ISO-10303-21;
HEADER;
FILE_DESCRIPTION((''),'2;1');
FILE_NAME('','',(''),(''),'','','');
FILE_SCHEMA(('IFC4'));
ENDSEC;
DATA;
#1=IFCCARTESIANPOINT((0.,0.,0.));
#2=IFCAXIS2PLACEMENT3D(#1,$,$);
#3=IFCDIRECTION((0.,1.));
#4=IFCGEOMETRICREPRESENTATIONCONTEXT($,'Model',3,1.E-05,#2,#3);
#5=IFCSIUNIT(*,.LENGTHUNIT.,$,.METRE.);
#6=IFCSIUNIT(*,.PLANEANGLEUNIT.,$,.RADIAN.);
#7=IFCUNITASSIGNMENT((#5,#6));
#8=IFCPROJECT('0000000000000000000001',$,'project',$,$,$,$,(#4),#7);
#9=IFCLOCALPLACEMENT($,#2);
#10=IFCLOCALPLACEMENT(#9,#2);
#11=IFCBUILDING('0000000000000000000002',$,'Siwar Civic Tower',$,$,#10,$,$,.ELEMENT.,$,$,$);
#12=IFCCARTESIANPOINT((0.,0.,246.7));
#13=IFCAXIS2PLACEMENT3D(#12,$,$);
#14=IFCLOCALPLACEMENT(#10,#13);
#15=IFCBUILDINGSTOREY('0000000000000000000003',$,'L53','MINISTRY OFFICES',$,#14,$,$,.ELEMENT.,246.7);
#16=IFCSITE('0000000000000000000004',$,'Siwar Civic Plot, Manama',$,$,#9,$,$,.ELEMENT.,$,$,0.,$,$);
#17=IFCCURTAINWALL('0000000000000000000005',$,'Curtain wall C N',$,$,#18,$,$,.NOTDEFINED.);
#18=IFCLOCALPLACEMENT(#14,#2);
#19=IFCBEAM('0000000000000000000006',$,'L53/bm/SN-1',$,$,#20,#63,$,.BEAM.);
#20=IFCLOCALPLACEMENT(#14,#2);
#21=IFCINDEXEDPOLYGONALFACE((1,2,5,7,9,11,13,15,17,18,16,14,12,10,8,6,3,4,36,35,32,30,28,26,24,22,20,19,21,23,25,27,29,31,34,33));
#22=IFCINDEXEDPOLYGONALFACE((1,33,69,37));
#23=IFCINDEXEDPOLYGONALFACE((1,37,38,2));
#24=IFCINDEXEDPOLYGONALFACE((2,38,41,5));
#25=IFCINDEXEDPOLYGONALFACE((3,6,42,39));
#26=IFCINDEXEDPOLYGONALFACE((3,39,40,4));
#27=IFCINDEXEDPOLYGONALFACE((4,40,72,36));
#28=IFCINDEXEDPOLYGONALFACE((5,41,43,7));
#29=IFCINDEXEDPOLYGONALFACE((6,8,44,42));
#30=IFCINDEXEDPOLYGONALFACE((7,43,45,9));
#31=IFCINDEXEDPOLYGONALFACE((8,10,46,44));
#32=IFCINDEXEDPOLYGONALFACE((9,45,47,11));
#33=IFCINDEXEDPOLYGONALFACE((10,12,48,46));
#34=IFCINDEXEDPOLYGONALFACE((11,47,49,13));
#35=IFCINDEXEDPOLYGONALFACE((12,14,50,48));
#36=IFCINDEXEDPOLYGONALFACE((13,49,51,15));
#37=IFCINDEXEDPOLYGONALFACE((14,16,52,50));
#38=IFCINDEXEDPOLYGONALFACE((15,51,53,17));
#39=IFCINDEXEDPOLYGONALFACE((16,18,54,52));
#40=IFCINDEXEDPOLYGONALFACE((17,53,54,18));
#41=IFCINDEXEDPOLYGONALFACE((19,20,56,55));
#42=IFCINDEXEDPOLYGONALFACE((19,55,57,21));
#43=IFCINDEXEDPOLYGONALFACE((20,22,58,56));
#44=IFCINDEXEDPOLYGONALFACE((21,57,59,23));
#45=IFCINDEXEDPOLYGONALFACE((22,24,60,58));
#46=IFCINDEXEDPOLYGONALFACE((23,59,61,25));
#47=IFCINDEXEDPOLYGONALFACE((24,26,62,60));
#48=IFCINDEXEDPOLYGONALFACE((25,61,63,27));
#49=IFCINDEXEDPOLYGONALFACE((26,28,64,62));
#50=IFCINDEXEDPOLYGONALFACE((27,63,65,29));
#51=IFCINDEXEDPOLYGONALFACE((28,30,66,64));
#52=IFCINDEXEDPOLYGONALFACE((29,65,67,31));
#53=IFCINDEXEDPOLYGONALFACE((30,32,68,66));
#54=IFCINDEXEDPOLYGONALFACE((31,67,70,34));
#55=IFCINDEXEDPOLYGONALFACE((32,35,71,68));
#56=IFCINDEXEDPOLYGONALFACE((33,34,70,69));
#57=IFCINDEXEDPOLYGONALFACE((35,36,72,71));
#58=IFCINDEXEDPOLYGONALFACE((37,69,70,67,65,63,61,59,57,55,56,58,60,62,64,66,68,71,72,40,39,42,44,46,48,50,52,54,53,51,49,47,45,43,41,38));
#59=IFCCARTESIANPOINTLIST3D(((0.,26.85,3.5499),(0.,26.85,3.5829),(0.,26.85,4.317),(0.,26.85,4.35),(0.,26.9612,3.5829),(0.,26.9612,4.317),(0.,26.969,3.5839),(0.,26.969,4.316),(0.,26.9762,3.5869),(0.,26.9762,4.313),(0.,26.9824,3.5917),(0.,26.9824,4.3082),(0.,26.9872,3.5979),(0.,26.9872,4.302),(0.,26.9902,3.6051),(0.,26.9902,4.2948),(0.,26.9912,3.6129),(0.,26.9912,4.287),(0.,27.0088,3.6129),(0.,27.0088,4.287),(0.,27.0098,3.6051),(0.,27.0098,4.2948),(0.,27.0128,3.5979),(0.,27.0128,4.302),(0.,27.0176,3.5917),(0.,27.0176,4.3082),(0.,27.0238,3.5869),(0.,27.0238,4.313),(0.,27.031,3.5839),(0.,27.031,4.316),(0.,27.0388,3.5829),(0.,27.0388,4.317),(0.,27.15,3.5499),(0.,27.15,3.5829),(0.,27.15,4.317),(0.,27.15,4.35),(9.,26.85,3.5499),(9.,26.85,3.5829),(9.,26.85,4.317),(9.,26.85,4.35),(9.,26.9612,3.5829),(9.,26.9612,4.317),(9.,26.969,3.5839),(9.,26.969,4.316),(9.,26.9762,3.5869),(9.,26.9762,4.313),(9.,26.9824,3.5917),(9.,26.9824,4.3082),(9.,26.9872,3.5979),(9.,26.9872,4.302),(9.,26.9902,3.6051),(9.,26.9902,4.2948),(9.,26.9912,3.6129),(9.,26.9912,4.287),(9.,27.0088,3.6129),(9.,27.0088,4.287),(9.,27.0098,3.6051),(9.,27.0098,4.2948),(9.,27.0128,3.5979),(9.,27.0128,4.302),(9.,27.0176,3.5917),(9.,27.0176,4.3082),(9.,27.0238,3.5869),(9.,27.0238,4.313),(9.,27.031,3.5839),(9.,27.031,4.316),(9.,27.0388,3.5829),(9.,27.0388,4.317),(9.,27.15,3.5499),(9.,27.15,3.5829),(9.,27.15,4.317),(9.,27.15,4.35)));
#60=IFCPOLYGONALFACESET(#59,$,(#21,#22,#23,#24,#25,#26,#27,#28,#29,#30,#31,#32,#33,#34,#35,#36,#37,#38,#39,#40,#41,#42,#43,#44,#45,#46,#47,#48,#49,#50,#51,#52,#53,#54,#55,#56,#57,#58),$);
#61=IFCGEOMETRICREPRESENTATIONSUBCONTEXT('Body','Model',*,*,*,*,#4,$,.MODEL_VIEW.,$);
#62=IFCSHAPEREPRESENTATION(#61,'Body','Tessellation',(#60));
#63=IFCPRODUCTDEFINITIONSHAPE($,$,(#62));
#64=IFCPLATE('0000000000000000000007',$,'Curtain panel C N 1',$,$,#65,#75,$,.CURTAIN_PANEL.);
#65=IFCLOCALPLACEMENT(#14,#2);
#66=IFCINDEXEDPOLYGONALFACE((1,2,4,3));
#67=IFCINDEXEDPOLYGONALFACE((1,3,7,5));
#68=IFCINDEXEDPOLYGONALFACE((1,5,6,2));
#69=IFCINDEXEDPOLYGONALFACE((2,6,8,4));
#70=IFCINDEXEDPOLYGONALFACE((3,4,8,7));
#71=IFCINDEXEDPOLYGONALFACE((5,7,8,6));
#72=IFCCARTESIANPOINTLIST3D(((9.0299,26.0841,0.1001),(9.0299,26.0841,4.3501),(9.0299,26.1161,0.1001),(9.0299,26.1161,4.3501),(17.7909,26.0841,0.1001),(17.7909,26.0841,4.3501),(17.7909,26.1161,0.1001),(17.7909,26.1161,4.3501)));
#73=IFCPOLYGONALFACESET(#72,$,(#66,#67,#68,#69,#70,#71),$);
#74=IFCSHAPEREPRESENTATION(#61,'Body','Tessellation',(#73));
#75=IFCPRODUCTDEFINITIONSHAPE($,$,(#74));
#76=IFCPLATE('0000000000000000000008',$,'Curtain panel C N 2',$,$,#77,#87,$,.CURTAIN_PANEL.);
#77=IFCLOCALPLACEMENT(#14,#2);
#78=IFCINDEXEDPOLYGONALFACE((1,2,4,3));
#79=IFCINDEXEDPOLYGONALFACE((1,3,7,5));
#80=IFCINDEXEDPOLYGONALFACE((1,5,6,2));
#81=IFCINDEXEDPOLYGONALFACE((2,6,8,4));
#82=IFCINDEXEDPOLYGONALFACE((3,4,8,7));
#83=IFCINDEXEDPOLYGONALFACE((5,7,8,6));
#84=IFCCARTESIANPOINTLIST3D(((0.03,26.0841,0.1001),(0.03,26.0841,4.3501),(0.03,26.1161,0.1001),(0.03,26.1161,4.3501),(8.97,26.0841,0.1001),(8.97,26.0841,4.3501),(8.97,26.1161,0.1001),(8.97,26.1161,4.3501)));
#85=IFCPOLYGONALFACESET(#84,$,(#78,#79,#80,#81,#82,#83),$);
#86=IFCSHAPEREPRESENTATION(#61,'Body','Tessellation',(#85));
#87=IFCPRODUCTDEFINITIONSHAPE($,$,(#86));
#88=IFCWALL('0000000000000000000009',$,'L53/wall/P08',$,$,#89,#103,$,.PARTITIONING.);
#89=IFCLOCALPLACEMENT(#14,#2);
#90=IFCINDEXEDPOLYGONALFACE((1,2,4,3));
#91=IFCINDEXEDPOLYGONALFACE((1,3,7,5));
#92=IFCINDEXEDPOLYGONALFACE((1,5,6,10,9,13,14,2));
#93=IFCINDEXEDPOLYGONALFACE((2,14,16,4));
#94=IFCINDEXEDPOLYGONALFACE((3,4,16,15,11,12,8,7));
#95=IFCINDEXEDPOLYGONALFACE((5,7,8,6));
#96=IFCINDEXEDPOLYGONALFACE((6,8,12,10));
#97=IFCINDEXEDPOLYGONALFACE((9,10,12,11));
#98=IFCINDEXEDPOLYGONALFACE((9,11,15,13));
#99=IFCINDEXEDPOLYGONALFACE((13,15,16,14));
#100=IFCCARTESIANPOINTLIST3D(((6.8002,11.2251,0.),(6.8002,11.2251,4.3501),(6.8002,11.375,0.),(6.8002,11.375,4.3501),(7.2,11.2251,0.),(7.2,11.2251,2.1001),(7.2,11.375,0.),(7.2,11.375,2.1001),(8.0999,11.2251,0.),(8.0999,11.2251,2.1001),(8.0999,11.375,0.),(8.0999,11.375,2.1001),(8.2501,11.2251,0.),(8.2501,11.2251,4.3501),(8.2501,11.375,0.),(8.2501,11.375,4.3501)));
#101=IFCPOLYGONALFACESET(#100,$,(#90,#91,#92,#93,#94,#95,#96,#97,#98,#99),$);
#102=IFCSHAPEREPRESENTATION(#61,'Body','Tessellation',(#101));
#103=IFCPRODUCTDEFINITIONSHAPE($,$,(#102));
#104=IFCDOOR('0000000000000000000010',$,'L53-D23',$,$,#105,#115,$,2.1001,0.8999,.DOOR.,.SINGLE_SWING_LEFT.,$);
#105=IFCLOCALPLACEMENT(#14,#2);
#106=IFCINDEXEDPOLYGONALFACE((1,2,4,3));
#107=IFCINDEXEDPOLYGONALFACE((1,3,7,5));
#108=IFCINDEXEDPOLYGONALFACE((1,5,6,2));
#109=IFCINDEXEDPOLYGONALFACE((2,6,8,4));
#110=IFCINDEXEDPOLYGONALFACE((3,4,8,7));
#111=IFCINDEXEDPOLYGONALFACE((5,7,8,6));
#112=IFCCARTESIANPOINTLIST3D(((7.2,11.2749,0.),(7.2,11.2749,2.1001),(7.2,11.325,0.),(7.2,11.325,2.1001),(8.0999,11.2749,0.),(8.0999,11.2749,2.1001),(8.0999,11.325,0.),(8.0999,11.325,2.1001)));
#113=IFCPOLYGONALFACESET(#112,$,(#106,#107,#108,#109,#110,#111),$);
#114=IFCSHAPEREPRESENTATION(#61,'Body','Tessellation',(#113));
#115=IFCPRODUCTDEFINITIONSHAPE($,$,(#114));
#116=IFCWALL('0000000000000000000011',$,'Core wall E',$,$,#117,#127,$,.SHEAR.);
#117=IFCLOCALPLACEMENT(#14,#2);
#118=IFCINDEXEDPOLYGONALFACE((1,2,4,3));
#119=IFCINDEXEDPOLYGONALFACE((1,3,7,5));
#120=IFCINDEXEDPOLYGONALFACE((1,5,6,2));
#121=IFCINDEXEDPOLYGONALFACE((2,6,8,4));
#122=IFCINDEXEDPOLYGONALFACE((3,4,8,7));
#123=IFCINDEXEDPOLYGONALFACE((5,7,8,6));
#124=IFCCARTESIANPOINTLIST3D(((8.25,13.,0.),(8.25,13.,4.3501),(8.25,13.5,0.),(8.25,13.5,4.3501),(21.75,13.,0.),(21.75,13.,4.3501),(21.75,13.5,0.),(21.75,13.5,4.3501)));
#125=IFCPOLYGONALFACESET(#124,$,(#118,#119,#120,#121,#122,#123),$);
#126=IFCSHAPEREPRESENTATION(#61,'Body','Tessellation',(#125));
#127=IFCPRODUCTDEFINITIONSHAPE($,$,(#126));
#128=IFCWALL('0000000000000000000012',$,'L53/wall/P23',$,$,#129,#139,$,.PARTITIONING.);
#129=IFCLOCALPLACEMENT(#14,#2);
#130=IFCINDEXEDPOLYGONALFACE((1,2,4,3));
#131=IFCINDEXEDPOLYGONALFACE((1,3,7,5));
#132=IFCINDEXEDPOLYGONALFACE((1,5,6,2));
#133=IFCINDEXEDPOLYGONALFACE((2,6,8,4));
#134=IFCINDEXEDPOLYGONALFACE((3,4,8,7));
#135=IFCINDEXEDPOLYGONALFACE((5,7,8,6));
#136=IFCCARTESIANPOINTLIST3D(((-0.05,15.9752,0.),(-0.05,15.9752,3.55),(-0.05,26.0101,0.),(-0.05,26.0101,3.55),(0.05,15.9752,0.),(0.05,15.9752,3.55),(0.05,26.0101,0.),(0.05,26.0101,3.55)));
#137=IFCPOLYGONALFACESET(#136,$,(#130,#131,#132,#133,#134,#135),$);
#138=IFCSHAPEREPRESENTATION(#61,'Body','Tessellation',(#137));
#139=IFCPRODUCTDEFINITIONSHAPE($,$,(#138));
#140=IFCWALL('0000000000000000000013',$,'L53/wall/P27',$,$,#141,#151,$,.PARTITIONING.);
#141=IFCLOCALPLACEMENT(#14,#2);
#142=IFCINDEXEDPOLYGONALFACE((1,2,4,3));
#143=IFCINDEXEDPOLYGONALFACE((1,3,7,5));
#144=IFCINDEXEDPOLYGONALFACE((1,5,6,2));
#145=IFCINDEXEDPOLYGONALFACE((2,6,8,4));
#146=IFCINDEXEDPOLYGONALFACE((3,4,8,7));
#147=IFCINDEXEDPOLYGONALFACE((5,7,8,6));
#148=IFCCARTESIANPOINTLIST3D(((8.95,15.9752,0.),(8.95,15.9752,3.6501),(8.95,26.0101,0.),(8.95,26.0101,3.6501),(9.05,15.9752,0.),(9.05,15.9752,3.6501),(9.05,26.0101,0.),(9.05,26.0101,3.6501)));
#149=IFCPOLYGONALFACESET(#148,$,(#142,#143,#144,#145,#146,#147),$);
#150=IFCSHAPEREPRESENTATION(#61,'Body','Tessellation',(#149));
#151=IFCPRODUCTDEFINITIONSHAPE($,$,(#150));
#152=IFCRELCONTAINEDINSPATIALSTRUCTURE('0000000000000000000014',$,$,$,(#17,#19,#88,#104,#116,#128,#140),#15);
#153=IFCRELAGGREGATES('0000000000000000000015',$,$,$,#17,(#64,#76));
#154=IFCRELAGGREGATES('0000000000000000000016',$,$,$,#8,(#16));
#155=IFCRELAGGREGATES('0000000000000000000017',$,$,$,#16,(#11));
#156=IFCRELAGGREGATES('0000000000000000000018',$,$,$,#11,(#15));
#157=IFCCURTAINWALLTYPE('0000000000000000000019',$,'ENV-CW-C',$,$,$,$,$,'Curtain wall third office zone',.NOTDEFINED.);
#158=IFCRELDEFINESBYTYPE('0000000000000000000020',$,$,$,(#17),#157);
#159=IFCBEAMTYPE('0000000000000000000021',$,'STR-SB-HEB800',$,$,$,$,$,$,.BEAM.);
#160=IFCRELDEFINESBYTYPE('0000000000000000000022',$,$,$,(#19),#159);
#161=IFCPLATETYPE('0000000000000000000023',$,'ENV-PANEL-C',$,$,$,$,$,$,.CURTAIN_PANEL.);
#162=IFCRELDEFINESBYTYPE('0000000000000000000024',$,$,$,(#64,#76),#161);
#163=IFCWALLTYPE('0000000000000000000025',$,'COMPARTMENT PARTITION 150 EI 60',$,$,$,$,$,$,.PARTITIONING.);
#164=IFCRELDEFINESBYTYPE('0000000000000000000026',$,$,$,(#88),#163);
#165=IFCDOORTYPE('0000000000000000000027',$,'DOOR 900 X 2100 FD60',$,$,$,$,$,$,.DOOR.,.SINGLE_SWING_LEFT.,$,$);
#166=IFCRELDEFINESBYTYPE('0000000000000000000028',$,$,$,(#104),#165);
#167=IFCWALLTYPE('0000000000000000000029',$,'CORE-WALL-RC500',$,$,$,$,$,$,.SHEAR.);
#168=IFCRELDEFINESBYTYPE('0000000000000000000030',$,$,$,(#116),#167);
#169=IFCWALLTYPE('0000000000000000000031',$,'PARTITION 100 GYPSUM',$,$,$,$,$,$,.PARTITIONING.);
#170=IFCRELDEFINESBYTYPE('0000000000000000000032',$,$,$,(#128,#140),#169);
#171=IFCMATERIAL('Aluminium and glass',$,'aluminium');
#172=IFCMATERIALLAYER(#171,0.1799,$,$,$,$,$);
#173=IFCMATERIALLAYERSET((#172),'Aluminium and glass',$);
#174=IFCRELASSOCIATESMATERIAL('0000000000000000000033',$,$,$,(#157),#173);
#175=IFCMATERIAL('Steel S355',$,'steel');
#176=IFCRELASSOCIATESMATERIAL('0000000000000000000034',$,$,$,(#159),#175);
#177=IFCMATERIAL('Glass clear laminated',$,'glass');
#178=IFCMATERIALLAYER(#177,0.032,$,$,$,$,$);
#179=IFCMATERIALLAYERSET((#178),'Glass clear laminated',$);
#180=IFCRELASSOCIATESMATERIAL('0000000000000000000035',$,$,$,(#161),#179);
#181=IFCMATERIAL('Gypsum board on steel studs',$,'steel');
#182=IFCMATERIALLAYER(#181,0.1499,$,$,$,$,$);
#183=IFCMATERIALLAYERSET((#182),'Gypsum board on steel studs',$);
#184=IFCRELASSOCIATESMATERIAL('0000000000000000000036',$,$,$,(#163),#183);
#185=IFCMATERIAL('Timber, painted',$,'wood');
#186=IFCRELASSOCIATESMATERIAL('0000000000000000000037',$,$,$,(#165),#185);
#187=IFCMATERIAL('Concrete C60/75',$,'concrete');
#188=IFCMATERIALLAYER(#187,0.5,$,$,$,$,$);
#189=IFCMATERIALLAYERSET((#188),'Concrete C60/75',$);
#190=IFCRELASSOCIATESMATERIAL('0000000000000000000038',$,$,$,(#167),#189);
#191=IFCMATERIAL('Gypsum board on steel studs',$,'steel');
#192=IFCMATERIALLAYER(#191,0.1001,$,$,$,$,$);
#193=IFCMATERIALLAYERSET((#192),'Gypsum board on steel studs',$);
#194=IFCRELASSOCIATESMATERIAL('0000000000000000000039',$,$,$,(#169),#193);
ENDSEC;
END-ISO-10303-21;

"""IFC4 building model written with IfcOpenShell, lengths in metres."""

from ifc_helpers import new_model, si_unit, direction, frame, frame_2d, origin, origin_2d, place, context, subcontext, project, spatial, rectangle, i_section, extrude, material, layer, layer_set, material_profile, profile_set, type_object, element, fill, aggregate, save


model = new_model("IFC4")

# Units and contexts
model_context = context("Model", 3, precision=1e-05, world=origin(), true_north=direction((0.0, 1.0)))
body_context = subcontext(model_context, "Body", "Model", "MODEL_VIEW")
ifc_project = project(units=[si_unit("LENGTHUNIT", "METRE"), si_unit("PLANEANGLEUNIT", "RADIAN")], contexts=[model_context])

# Site, building, storey
site_placement = place(None, origin())
site = spatial("IfcSite", under=ifc_project, at=site_placement, Name="Siwar Civic Plot, Manama", CompositionType="ELEMENT", RefElevation=0.0)
building_placement = place(site_placement, origin())
building = spatial("IfcBuilding", under=site, at=building_placement, Name="Siwar Civic Tower", CompositionType="ELEMENT")
storey_placement = place(building_placement, frame((0.0, 0.0, 246.7)))
storey = spatial("IfcBuildingStorey", under=building, at=storey_placement, Name="L53", Description="MINISTRY OFFICES", CompositionType="ELEMENT", Elevation=246.7)

# Curtain wall
ifc_material_1 = material(Name="Aluminium and glass", Category="aluminium")
ifc_layer_1 = layer(ifc_material_1, 0.1799)
ifc_layer_set_1 = layer_set([ifc_layer_1], Name="Aluminium and glass")
curtain_wall_type = type_object("IfcCurtainWallType", Name="ENV-CW-C", ElementType="Curtain wall third office zone", PredefinedType="NOTDEFINED", material=ifc_layer_set_1)
curtain_wall_placement = place(storey_placement, origin())
curtain_wall = element("IfcCurtainWall", 1, at=curtain_wall_placement, inside=storey, type_object=curtain_wall_type, Name="Curtain wall C N", PredefinedType="NOTDEFINED")

# Beam
ifc_material_2 = material(Name="Steel S355", Category="steel")
ifc_material_profile_1 = material_profile(ifc_material_2, i_section(OverallWidth=0.3, OverallDepth=0.8, WebThickness=0.0176, FlangeThickness=0.033, FilletRadius=0.03, at=origin_2d()), Name="HEB800")
ifc_profile_set_1 = profile_set([ifc_material_profile_1], Name="Steel S355")
beam_type_1 = type_object("IfcBeamType", Name="STR-SB-HEB800", PredefinedType="BEAM", material=ifc_profile_set_1)
beam_1_placement = place(storey_placement, frame((9.0, 27.0, 3.95), z_axis=(-1.0, 0.0, 0.0), x_axis=(0.0, -1.0, 0.0)))
element("IfcBeam", 2, at=beam_1_placement, inside=storey, type_object=beam_type_1, Name="L53/bm/SN-1", PredefinedType="BEAM", context=body_context, shape_type="SweptSolid", body=[
    extrude(i_section(OverallWidth=0.3, OverallDepth=0.8, WebThickness=0.0176, FlangeThickness=0.033, FilletRadius=0.03, at=origin_2d()), origin(), (0.0, 0.0, 1.0), 9.0),
])

# Plates
ifc_material_3 = material(Name="Glass clear laminated", Category="glass")
ifc_layer_2 = layer(ifc_material_3, 0.032)
ifc_layer_set_2 = layer_set([ifc_layer_2], Name="Glass clear laminated")
plate_type = type_object("IfcPlateType", Name="ENV-PANEL-C", PredefinedType="CURTAIN_PANEL", material=ifc_layer_set_2)
plate_1_placement = place(storey_placement, frame((13.4104, 26.1001, 0.1001), z_axis=(0.0, 0.0, 1.0), x_axis=(-1.0, 0.0, 0.0)))
plate_1 = element("IfcPlate", 3, at=plate_1_placement, type_object=plate_type, Name="Curtain panel C N 1", PredefinedType="CURTAIN_PANEL", context=body_context, shape_type="SweptSolid", body=[
    extrude(rectangle(XDim=8.761, YDim=0.032, at=origin_2d()), origin(), (0.0, 0.0, 1.0), 4.25),
])
plate_2_placement = place(storey_placement, frame((4.5, 26.1001, 0.1001), z_axis=(0.0, 0.0, 1.0), x_axis=(-1.0, 0.0, 0.0)))
plate_2 = element("IfcPlate", 4, at=plate_2_placement, type_object=plate_type, Name="Curtain panel C N 2", PredefinedType="CURTAIN_PANEL", context=body_context, shape_type="SweptSolid", body=[
    extrude(rectangle(XDim=8.9399, YDim=0.032, at=origin_2d()), origin(), (0.0, 0.0, 1.0), 4.25),
])
aggregate(curtain_wall, [plate_1, plate_2])

# Wall, opening, door
ifc_material_4 = material(Name="Gypsum board on steel studs", Category="steel")
ifc_layer_3 = layer(ifc_material_4, 0.1499)
ifc_layer_set_3 = layer_set([ifc_layer_3], Name="Gypsum board on steel studs")
wall_type_1 = type_object("IfcWallType", Name="COMPARTMENT PARTITION 150 EI 60", PredefinedType="PARTITIONING", material=ifc_layer_set_3)
wall_1_placement = place(storey_placement, frame((6.8, 11.3, 0.0), z_axis=(0.0, 0.0, 1.0), x_axis=(1.0, 0.0, 0.0)))
wall_1 = element("IfcWall", 5, at=wall_1_placement, inside=storey, type_object=wall_type_1, Name="L53/wall/P08", PredefinedType="PARTITIONING", context=body_context, shape_type="SweptSolid", body=[
    extrude(rectangle(XDim=1.45, YDim=0.1499, at=frame_2d((0.7251, 0.0))), origin(), (0.0, 0.0, 1.0), 4.3501),
])
opening_placement = place(wall_1_placement, frame((0.3999, 0.0, 0.0)))
opening = element("IfcOpeningElement", 6, at=opening_placement, cuts=wall_1, PredefinedType="OPENING", context=body_context, shape_type="SweptSolid", body=[
    extrude(rectangle(XDim=0.8999, YDim=2.1001, at=frame_2d((0.45, 1.05))), frame((0.0, 0.085, 0.0), z_axis=(0.0, -1.0, 0.0), x_axis=(1.0, 0.0, 0.0)), (0.0, 0.0, 1.0), 0.1699),
])
ifc_material_5 = material(Name="Timber, painted", Category="wood")
door_type = type_object("IfcDoorType", Name="DOOR 900 X 2100 FD60", OperationType="SINGLE_SWING_LEFT", PredefinedType="DOOR", material=ifc_material_5)
door_placement = place(opening_placement, origin())
door = element("IfcDoor", 7, at=door_placement, inside=storey, type_object=door_type, Name="L53-D23", OperationType="SINGLE_SWING_LEFT", OverallHeight=2.1001, OverallWidth=0.8999, PredefinedType="DOOR", context=body_context, shape_type="SweptSolid", body=[
    extrude(rectangle(XDim=0.8999, YDim=2.1001, at=frame_2d((0.45, 1.05))), frame((0.0, 0.0249, 0.0), z_axis=(0.0, -1.0, 0.0), x_axis=(1.0, 0.0, 0.0)), (0.0, 0.0, 1.0), 0.05),
])
fill(opening, door)

# Walls
ifc_material_6 = material(Name="Concrete C60/75", Category="concrete")
ifc_layer_4 = layer(ifc_material_6, 0.5)
ifc_layer_set_4 = layer_set([ifc_layer_4], Name="Concrete C60/75")
wall_type_2 = type_object("IfcWallType", Name="CORE-WALL-RC500", PredefinedType="SHEAR", material=ifc_layer_set_4)
wall_2_placement = place(storey_placement, frame((8.25, 13.25, 0.0), z_axis=(0.0, 0.0, 1.0), x_axis=(1.0, 0.0, 0.0)))
element("IfcWall", 8, at=wall_2_placement, inside=storey, type_object=wall_type_2, Name="Core wall E", PredefinedType="SHEAR", context=body_context, shape_type="SweptSolid", body=[
    extrude(rectangle(XDim=13.5, YDim=0.5, at=frame_2d((6.75, 0.0))), origin(), (0.0, 0.0, 1.0), 4.3501),
])
ifc_material_7 = material(Name="Gypsum board on steel studs", Category="steel")
ifc_layer_5 = layer(ifc_material_7, 0.1001)
ifc_layer_set_5 = layer_set([ifc_layer_5], Name="Gypsum board on steel studs")
wall_type_3 = type_object("IfcWallType", Name="PARTITION 100 GYPSUM", PredefinedType="PARTITIONING", material=ifc_layer_set_5)
wall_3_placement = place(storey_placement, frame((0.0, 15.9751, 0.0), z_axis=(0.0, 0.0, 1.0), x_axis=(0.0, 1.0, 0.0)))
element("IfcWall", 9, at=wall_3_placement, inside=storey, type_object=wall_type_3, Name="L53/wall/P23", PredefinedType="PARTITIONING", context=body_context, shape_type="SweptSolid", body=[
    extrude(rectangle(XDim=10.0349, YDim=0.1001, at=frame_2d((5.0176, 0.0))), origin(), (0.0, 0.0, 1.0), 3.55),
])
wall_4_placement = place(storey_placement, frame((9.0, 15.9751, 0.0), z_axis=(0.0, 0.0, 1.0), x_axis=(0.0, 1.0, 0.0)))
element("IfcWall", 10, at=wall_4_placement, inside=storey, type_object=wall_type_3, Name="L53/wall/P27", PredefinedType="PARTITIONING", context=body_context, shape_type="SweptSolid", body=[
    extrude(rectangle(XDim=10.0349, YDim=0.1001, at=frame_2d((5.0176, 0.0))), origin(), (0.0, 0.0, 1.0), 3.6501),
])

save(model, "model.ifc")
